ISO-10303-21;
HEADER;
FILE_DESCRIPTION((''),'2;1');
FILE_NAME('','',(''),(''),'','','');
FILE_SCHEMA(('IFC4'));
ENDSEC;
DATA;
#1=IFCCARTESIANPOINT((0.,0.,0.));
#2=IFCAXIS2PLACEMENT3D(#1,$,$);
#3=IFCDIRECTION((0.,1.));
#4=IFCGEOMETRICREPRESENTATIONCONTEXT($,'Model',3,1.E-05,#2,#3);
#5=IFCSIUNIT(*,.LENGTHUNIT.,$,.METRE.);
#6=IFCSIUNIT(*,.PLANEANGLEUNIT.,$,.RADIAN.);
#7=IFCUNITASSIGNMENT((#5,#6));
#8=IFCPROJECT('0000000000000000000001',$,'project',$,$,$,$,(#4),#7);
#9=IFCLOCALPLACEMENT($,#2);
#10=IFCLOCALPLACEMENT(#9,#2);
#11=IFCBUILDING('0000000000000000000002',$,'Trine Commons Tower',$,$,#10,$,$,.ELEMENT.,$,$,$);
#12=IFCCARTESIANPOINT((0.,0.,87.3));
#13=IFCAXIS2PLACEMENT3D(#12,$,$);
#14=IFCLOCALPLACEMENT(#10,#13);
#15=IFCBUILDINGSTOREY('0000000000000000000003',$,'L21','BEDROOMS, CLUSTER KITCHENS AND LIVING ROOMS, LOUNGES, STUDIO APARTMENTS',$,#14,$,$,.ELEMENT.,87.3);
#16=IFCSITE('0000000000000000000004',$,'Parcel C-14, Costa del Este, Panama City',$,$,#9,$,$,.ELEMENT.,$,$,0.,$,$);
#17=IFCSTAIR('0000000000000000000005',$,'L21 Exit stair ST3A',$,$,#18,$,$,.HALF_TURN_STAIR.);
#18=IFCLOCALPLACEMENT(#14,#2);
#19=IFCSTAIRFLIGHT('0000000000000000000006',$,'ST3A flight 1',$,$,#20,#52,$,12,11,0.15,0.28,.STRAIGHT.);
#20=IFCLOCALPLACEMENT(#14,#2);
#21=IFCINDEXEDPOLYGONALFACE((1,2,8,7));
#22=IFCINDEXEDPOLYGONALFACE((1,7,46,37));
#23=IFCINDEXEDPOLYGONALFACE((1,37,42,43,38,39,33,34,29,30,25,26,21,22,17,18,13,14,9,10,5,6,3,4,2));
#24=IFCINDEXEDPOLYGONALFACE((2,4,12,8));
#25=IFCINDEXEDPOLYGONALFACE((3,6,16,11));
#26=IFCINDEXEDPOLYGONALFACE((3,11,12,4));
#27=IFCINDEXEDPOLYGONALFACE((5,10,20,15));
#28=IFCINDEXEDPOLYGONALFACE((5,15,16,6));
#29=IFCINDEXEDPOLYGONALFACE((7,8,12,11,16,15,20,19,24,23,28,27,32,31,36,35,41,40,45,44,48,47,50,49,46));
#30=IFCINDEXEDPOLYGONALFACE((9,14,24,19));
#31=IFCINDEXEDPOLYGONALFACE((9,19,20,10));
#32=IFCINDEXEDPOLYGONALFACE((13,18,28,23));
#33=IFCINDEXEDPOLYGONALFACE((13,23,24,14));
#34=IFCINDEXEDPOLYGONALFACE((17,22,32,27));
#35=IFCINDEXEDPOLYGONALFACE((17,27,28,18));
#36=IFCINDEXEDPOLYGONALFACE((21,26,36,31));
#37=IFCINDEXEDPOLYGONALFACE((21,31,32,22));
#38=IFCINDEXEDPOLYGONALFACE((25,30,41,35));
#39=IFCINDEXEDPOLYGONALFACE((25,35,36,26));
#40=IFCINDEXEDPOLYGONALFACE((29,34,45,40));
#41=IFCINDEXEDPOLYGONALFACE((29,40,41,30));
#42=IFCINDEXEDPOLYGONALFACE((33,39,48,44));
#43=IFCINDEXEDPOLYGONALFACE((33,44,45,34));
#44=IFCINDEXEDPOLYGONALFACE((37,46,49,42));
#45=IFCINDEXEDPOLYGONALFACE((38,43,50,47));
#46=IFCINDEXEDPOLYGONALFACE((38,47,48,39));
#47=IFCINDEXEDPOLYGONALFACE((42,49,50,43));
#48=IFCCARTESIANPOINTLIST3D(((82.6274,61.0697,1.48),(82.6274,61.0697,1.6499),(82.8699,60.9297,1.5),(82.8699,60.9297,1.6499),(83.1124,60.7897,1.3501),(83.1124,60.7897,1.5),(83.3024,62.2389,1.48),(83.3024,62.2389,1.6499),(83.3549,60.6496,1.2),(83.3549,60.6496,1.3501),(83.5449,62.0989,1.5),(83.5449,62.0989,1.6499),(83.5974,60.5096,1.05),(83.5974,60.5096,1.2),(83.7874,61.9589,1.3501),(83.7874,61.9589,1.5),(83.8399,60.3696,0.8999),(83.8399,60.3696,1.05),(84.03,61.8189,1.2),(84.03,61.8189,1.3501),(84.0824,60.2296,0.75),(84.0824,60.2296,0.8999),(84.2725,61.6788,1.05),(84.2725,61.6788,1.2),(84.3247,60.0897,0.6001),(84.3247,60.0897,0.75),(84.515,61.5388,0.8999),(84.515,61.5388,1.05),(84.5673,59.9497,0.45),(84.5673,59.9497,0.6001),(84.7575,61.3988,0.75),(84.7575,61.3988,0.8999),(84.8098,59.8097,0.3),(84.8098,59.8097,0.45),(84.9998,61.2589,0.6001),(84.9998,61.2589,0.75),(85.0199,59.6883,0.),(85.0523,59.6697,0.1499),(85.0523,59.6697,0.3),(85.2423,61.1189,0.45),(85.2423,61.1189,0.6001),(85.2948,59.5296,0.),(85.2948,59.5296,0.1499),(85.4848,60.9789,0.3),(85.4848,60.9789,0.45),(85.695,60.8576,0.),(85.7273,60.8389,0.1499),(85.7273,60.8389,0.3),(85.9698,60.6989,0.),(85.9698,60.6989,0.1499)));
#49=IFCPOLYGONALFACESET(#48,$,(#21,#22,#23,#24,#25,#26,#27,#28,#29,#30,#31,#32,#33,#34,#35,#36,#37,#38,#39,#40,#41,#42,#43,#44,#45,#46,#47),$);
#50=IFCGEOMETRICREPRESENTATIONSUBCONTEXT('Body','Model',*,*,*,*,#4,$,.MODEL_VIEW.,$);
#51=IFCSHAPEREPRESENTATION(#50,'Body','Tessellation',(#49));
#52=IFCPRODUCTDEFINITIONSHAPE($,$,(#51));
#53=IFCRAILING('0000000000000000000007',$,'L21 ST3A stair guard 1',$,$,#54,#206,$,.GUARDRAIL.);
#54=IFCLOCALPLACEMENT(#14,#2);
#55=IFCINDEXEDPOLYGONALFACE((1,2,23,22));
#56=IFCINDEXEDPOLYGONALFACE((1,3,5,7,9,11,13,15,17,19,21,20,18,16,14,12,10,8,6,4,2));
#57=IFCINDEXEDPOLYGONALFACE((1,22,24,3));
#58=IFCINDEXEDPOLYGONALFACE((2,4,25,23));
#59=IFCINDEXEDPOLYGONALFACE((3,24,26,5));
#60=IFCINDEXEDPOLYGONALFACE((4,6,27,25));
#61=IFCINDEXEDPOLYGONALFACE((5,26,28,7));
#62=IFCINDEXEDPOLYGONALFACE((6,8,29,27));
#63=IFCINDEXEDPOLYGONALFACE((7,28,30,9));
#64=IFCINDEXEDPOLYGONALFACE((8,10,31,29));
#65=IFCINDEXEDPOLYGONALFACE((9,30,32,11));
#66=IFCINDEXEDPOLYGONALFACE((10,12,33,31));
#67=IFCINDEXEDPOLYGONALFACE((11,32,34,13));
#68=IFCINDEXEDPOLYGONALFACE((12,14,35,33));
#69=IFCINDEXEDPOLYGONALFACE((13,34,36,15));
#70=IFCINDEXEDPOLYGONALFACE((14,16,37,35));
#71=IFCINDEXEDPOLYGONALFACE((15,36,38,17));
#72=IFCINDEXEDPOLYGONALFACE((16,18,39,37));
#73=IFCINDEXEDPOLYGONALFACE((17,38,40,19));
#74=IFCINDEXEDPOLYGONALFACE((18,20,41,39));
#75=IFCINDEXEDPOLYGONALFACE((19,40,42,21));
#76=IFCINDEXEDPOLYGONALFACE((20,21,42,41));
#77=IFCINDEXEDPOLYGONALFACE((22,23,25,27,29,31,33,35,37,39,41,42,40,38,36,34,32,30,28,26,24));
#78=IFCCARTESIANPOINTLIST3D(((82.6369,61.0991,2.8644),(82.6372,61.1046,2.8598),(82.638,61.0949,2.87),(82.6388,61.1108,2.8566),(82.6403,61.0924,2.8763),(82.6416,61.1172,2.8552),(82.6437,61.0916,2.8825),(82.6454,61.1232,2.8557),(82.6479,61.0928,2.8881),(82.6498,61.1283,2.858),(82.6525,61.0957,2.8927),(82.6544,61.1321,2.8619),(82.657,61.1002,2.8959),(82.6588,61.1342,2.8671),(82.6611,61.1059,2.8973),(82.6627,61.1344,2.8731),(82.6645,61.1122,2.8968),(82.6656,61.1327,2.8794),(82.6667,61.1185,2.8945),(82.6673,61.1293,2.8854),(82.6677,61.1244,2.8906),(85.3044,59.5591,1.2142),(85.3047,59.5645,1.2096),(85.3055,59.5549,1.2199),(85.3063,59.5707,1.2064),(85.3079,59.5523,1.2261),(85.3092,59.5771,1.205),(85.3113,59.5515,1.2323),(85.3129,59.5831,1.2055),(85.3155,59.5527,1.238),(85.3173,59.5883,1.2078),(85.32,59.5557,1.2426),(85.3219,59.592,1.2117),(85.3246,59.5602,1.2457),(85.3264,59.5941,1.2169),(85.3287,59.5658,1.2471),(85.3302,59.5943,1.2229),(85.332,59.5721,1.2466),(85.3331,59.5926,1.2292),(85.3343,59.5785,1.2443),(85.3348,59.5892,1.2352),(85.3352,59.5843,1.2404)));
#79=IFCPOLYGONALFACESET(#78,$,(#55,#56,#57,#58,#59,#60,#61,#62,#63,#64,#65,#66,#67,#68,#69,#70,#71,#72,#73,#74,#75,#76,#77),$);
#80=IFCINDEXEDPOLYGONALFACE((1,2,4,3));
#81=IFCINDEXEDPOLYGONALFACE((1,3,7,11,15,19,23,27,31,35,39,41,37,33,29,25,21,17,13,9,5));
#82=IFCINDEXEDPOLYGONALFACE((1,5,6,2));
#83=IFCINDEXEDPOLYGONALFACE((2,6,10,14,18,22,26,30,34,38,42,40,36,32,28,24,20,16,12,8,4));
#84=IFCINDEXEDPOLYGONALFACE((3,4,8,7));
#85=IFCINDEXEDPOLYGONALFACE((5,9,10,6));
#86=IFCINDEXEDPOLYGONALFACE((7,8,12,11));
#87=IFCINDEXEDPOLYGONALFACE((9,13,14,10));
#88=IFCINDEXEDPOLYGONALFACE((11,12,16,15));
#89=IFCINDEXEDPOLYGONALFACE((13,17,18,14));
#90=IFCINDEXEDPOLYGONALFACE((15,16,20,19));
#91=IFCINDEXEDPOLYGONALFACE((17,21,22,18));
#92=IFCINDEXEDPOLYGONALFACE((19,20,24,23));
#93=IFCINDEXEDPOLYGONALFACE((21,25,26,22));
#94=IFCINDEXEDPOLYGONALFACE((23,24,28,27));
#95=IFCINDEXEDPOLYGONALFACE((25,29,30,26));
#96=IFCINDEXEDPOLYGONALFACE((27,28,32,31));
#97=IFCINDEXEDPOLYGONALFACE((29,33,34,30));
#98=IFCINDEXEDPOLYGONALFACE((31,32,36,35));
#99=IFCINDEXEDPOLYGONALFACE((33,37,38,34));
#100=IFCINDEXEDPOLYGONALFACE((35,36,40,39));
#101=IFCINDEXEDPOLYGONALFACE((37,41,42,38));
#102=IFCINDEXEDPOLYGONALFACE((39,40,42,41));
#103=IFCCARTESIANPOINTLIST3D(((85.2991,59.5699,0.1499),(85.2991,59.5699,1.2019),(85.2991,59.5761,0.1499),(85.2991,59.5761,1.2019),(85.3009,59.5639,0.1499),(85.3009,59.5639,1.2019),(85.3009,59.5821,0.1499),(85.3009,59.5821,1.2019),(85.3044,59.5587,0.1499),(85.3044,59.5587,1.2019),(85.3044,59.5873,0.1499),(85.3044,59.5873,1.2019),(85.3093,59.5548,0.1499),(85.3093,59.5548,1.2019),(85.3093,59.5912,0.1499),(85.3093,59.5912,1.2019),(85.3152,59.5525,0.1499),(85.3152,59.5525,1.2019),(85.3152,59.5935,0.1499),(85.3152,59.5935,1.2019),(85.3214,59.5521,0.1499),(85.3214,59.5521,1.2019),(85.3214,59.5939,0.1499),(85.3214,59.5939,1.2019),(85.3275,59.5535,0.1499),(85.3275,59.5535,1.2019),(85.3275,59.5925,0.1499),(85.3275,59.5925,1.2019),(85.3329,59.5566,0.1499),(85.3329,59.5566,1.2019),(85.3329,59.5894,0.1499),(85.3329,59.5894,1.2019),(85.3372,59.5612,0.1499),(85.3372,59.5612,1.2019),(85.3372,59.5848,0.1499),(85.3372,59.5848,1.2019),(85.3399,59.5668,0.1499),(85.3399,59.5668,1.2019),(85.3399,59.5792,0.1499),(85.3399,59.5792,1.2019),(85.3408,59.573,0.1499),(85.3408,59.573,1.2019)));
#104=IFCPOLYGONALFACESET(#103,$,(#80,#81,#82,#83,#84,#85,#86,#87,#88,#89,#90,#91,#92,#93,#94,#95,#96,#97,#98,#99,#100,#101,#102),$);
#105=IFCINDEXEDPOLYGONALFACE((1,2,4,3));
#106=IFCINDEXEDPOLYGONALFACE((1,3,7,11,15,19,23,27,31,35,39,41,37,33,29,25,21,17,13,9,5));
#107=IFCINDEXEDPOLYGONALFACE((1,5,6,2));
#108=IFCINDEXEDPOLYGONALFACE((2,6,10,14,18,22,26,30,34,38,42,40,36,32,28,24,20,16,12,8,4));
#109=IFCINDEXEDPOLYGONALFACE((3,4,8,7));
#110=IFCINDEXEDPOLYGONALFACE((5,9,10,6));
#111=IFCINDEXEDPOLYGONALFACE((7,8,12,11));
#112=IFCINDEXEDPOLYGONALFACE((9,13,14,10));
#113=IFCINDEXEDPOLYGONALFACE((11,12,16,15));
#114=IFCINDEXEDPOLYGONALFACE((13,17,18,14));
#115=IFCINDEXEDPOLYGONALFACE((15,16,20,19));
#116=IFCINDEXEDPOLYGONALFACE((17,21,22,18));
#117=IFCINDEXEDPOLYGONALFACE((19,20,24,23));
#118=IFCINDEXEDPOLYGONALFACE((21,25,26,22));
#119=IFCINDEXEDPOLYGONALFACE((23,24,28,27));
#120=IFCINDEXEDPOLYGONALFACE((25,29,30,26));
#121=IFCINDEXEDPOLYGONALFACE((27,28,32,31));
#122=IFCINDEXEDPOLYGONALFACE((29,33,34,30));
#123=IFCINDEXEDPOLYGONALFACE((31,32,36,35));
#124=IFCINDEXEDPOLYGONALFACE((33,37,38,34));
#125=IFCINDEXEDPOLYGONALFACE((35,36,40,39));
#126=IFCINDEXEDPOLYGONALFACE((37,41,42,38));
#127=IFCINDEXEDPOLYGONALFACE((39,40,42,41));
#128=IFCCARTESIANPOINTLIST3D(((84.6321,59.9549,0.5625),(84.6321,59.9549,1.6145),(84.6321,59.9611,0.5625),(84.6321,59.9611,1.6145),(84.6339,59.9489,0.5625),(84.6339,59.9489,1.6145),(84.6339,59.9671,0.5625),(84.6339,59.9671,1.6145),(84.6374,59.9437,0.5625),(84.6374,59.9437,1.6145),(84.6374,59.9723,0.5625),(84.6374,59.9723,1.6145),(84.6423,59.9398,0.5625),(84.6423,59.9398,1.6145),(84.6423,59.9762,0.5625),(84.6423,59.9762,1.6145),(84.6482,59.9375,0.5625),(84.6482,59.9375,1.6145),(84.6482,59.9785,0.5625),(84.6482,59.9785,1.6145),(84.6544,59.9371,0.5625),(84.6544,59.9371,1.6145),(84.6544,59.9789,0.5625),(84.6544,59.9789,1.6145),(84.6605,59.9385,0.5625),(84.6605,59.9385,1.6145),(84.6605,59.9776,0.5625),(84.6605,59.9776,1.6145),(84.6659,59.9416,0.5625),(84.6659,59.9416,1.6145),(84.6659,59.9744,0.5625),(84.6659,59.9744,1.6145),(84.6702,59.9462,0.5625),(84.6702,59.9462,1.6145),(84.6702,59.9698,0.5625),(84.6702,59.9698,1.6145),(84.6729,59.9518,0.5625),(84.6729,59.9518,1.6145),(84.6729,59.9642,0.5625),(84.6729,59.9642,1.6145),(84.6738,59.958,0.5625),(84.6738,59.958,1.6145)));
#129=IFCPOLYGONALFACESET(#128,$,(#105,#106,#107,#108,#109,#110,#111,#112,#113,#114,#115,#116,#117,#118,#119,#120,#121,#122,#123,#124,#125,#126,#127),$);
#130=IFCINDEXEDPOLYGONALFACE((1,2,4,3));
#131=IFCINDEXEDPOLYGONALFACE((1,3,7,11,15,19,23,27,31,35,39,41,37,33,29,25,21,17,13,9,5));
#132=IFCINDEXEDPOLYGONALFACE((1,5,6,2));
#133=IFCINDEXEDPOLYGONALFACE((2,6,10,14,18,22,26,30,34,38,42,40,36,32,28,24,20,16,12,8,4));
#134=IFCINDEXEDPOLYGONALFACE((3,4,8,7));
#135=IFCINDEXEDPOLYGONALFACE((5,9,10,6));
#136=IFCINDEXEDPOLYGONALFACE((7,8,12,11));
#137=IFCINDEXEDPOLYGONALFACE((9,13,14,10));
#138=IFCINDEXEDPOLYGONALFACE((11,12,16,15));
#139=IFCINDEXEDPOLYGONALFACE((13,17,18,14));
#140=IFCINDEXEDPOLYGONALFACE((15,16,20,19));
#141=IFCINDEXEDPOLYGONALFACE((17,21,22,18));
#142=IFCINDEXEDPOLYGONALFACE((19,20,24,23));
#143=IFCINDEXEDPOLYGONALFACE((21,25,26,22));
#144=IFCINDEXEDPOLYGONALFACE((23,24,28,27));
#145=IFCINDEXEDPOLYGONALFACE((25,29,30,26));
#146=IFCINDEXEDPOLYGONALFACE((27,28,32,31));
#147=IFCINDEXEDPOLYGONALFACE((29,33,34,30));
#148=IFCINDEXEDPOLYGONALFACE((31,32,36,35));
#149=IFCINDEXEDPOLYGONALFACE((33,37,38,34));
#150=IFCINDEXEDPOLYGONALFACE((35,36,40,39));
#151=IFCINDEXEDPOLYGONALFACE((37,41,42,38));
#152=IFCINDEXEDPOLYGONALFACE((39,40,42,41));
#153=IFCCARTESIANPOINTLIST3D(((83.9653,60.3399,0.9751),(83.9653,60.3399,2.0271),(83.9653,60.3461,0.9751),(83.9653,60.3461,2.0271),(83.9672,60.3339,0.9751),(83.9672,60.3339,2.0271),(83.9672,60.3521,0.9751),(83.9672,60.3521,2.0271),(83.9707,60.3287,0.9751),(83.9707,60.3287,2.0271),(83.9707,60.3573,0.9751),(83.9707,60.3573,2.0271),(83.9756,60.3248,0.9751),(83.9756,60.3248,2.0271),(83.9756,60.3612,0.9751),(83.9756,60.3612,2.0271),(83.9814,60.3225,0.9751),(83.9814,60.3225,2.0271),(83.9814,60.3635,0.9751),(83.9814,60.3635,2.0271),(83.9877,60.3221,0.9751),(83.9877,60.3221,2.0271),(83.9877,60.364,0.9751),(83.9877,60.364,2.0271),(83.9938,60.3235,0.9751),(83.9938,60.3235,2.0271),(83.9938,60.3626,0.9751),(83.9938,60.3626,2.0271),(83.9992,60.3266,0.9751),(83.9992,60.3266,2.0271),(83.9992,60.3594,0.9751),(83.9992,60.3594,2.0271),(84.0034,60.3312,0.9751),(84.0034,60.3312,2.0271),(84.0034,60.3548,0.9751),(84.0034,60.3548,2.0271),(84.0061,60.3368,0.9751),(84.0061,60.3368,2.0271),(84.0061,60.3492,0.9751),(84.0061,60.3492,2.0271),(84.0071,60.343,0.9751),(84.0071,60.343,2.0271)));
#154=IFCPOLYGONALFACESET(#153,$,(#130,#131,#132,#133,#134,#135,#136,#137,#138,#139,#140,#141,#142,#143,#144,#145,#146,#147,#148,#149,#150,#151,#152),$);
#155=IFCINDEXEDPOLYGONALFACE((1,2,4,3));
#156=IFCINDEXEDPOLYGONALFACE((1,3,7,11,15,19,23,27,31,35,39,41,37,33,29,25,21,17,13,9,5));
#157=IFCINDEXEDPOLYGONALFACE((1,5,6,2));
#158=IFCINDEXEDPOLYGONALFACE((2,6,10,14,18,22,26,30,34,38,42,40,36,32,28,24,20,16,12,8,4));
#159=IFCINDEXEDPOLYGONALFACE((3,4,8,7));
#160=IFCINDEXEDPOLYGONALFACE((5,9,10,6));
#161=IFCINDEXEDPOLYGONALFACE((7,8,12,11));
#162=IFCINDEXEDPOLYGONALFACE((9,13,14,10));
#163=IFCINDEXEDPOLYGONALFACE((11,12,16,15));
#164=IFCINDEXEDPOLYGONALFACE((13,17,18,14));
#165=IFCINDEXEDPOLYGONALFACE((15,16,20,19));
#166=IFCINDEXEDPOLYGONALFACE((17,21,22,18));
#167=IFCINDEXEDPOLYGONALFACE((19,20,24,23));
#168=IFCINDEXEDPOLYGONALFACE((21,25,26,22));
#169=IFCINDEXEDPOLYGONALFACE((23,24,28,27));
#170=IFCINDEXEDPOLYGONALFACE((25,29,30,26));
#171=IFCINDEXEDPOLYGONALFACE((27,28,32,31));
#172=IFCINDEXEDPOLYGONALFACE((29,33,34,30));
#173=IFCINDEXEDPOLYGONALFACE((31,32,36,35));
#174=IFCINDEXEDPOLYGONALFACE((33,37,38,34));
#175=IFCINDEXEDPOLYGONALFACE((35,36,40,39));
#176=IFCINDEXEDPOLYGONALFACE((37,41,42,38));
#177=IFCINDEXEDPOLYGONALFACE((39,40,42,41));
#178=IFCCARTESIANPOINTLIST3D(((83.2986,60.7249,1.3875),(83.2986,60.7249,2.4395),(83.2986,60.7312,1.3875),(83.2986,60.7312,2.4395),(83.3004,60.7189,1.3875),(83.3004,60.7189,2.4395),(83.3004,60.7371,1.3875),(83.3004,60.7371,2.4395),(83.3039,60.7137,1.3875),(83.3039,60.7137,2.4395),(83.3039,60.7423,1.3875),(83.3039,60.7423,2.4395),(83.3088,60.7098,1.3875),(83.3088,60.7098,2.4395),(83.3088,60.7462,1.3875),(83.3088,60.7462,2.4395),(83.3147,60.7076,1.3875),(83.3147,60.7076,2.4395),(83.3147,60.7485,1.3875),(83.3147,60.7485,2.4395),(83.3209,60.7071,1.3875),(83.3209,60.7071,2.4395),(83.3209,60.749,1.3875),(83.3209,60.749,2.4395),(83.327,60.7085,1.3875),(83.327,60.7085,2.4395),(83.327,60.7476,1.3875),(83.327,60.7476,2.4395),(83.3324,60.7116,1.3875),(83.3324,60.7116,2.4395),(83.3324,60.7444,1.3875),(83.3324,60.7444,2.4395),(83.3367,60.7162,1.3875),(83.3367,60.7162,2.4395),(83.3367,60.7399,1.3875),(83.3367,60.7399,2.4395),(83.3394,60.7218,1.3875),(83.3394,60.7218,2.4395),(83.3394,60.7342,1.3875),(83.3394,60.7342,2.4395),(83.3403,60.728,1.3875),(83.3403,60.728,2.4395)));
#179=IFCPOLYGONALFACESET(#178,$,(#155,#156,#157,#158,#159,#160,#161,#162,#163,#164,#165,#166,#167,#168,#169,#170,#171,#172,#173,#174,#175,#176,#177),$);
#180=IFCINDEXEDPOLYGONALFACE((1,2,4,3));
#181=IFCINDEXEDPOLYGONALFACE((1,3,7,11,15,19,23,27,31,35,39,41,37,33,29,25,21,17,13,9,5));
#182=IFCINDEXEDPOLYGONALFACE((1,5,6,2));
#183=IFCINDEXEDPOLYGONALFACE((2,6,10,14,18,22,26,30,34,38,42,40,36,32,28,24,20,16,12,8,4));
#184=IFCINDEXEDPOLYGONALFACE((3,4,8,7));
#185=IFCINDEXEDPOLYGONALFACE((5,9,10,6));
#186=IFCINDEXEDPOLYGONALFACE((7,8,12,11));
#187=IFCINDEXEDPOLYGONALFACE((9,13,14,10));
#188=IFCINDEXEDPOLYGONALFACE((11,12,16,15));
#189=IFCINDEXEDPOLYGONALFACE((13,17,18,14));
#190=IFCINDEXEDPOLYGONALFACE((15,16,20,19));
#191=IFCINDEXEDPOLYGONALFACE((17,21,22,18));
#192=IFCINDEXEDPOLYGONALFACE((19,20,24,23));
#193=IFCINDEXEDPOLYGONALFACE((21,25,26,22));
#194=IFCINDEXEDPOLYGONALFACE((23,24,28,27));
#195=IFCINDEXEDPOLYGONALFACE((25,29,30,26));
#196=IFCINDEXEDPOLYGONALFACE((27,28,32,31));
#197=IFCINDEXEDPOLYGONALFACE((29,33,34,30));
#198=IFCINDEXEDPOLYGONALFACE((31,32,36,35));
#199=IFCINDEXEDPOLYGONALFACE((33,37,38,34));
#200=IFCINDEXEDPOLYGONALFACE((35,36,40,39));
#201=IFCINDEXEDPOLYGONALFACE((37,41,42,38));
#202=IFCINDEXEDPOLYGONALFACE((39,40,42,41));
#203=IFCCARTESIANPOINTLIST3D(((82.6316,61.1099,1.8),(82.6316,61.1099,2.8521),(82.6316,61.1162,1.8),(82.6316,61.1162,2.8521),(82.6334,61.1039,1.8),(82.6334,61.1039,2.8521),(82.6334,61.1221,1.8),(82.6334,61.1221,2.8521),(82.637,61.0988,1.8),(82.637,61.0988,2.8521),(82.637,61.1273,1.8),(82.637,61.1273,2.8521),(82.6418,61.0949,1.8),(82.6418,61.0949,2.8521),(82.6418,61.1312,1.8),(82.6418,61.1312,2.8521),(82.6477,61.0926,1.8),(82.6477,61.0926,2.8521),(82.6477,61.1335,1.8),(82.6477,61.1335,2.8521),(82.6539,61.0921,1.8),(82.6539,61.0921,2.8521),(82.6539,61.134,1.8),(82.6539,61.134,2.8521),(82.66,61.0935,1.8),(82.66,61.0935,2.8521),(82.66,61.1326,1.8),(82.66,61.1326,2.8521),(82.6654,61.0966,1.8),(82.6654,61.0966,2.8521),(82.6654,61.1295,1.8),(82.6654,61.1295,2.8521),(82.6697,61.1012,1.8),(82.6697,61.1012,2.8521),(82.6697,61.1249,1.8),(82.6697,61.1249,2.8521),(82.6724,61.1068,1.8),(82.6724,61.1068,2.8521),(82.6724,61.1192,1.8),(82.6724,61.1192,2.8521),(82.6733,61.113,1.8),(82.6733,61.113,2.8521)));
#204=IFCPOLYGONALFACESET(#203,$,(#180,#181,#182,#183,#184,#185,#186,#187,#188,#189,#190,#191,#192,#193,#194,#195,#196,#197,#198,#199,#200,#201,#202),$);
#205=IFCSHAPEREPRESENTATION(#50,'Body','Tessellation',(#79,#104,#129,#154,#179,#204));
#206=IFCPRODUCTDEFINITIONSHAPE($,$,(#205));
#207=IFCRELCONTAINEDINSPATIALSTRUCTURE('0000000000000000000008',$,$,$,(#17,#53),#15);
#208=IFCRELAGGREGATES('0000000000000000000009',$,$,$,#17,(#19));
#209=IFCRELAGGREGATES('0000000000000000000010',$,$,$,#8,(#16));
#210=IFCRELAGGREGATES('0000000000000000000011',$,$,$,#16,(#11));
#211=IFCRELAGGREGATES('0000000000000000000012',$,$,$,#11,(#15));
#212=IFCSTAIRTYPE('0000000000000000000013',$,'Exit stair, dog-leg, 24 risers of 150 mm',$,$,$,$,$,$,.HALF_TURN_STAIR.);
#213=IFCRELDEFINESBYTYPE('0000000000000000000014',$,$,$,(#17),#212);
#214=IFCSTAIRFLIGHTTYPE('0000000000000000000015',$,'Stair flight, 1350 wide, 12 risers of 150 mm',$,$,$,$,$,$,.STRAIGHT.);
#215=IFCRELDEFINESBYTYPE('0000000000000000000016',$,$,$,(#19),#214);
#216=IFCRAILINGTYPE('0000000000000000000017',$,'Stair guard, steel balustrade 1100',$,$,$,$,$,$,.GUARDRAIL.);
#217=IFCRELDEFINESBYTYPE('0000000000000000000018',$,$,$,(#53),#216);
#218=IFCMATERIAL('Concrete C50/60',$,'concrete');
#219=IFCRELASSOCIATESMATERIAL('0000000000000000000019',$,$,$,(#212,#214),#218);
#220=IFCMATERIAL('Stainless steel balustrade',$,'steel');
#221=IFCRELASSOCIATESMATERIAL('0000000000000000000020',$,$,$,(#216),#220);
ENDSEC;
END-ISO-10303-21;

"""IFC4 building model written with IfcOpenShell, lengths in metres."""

from ifc_helpers import new_model, si_unit, direction, frame, origin, origin_2d, place, context, subcontext, project, spatial, polyline, circle, outline, extrude, material, type_object, element, aggregate, save


model = new_model("IFC4")

# Units and contexts
model_context = context("Model", 3, precision=1e-05, world=origin(), true_north=direction((0.0, 1.0)))
body_context = subcontext(model_context, "Body", "Model", "MODEL_VIEW")
ifc_project = project(units=[si_unit("LENGTHUNIT", "METRE"), si_unit("PLANEANGLEUNIT", "RADIAN")], contexts=[model_context])

# Site, building, storey
site_placement = place(None, origin())
site = spatial("IfcSite", under=ifc_project, at=site_placement, Name="Parcel C-14, Costa del Este, Panama City", CompositionType="ELEMENT", RefElevation=0.0)
building_placement = place(site_placement, origin())
building = spatial("IfcBuilding", under=site, at=building_placement, Name="Trine Commons Tower", CompositionType="ELEMENT")
storey_placement = place(building_placement, frame((0.0, 0.0, 87.3)))
storey = spatial("IfcBuildingStorey", under=building, at=storey_placement, Name="L21", Description="BEDROOMS, CLUSTER KITCHENS AND LIVING ROOMS, LOUNGES, STUDIO APARTMENTS", CompositionType="ELEMENT", Elevation=87.3)

# Stair, stair flight
ifc_material_1 = material(Name="Concrete C50/60", Category="concrete")
stair_type = type_object("IfcStairType", Name="Exit stair, dog-leg, 24 risers of 150 mm", PredefinedType="HALF_TURN_STAIR", material=ifc_material_1)
stair_placement = place(storey_placement, origin())
stair = element("IfcStair", 1, at=stair_placement, inside=storey, type_object=stair_type, Name="L21 Exit stair ST3A", PredefinedType="HALF_TURN_STAIR")
stair_flight_type = type_object("IfcStairFlightType", Name="Stair flight, 1350 wide, 12 risers of 150 mm", PredefinedType="STRAIGHT", material=ifc_material_1)
stair_flight_placement = place(storey_placement, frame((85.6323, 60.1143, 0.0), z_axis=(0.0, 0.0, 1.0), x_axis=(-0.866025, 0.5, 0.0)))
stair_flight = element("IfcStairFlight", 2, at=stair_flight_placement, type_object=stair_flight_type, Name="ST3A flight 1", NumberOfRisers=12, NumberOfTreads=11, PredefinedType="STRAIGHT", RiserHeight=0.15, TreadLength=0.28, context=body_context, shape_type="SweptSolid", body=[
    extrude(outline(polyline([(0.0, 0.0), (0.0, 0.1499), (0.28, 0.1499), (0.28, 0.3), (0.5601, 0.3), (0.5601, 0.45), (0.8401, 0.45), (0.8401, 0.6001), (1.1201, 0.6001), (1.1201, 0.75), (1.3999, 0.75), (1.3999, 0.8999), (1.6799, 0.8999), (1.6799, 1.05), (1.96, 1.05), (1.96, 1.2), (2.24, 1.2), (2.24, 1.3501), (2.52, 1.3501), (2.52, 1.5), (2.8, 1.5), (2.8, 1.6499), (3.0801, 1.6499), (3.0801, 1.8), (3.0801, 1.48), (0.3174, 0.0), (0.0, 0.0)])), frame((0.0, 0.675, 0.0), z_axis=(0.0, -1.0, 0.0), x_axis=(1.0, 0.0, 0.0)), (0.0, 0.0, 1.0), 1.3501),
])
aggregate(stair, [stair_flight])

# Railing
ifc_material_2 = material(Name="Stainless steel balustrade", Category="steel")
railing_type_1 = type_object("IfcRailingType", Name="Stair guard, steel balustrade 1100", PredefinedType="GUARDRAIL", material=ifc_material_2)
railing_1_placement = place(storey_placement, frame((85.3198, 59.573, 0.1499)))
element("IfcRailing", 3, at=railing_1_placement, inside=storey, type_object=railing_type_1, Name="L21 ST3A stair guard 1", PredefinedType="GUARDRAIL", context=body_context, shape_type="SweptSolid", body=[
    extrude(circle(Radius=0.0239, at=origin_2d()), frame((0.0, 0.0, 1.0762), z_axis=(-0.76338, 0.440728, 0.472239), x_axis=(-0.499992, -0.86603, 0.0)), (0.0, 0.0, 1.0), 3.4944),
    extrude(circle(Radius=0.021, at=origin_2d()), origin(), (0.0, 0.0, 1.0), 1.052),
    extrude(circle(Radius=0.021, at=origin_2d()), frame((-0.667, 0.385, 0.4126)), (0.0, 0.0, 1.0), 1.052),
    extrude(circle(Radius=0.021, at=origin_2d()), frame((-1.3337, 0.77, 0.8252)), (0.0, 0.0, 1.0), 1.052),
    extrude(circle(Radius=0.021, at=origin_2d()), frame((-2.0005, 1.155, 1.2375)), (0.0, 0.0, 1.0), 1.052),
    extrude(circle(Radius=0.021, at=origin_2d()), frame((-2.6675, 1.54, 1.6501)), (0.0, 0.0, 1.0), 1.052),
])

save(model, "model.ifc")
